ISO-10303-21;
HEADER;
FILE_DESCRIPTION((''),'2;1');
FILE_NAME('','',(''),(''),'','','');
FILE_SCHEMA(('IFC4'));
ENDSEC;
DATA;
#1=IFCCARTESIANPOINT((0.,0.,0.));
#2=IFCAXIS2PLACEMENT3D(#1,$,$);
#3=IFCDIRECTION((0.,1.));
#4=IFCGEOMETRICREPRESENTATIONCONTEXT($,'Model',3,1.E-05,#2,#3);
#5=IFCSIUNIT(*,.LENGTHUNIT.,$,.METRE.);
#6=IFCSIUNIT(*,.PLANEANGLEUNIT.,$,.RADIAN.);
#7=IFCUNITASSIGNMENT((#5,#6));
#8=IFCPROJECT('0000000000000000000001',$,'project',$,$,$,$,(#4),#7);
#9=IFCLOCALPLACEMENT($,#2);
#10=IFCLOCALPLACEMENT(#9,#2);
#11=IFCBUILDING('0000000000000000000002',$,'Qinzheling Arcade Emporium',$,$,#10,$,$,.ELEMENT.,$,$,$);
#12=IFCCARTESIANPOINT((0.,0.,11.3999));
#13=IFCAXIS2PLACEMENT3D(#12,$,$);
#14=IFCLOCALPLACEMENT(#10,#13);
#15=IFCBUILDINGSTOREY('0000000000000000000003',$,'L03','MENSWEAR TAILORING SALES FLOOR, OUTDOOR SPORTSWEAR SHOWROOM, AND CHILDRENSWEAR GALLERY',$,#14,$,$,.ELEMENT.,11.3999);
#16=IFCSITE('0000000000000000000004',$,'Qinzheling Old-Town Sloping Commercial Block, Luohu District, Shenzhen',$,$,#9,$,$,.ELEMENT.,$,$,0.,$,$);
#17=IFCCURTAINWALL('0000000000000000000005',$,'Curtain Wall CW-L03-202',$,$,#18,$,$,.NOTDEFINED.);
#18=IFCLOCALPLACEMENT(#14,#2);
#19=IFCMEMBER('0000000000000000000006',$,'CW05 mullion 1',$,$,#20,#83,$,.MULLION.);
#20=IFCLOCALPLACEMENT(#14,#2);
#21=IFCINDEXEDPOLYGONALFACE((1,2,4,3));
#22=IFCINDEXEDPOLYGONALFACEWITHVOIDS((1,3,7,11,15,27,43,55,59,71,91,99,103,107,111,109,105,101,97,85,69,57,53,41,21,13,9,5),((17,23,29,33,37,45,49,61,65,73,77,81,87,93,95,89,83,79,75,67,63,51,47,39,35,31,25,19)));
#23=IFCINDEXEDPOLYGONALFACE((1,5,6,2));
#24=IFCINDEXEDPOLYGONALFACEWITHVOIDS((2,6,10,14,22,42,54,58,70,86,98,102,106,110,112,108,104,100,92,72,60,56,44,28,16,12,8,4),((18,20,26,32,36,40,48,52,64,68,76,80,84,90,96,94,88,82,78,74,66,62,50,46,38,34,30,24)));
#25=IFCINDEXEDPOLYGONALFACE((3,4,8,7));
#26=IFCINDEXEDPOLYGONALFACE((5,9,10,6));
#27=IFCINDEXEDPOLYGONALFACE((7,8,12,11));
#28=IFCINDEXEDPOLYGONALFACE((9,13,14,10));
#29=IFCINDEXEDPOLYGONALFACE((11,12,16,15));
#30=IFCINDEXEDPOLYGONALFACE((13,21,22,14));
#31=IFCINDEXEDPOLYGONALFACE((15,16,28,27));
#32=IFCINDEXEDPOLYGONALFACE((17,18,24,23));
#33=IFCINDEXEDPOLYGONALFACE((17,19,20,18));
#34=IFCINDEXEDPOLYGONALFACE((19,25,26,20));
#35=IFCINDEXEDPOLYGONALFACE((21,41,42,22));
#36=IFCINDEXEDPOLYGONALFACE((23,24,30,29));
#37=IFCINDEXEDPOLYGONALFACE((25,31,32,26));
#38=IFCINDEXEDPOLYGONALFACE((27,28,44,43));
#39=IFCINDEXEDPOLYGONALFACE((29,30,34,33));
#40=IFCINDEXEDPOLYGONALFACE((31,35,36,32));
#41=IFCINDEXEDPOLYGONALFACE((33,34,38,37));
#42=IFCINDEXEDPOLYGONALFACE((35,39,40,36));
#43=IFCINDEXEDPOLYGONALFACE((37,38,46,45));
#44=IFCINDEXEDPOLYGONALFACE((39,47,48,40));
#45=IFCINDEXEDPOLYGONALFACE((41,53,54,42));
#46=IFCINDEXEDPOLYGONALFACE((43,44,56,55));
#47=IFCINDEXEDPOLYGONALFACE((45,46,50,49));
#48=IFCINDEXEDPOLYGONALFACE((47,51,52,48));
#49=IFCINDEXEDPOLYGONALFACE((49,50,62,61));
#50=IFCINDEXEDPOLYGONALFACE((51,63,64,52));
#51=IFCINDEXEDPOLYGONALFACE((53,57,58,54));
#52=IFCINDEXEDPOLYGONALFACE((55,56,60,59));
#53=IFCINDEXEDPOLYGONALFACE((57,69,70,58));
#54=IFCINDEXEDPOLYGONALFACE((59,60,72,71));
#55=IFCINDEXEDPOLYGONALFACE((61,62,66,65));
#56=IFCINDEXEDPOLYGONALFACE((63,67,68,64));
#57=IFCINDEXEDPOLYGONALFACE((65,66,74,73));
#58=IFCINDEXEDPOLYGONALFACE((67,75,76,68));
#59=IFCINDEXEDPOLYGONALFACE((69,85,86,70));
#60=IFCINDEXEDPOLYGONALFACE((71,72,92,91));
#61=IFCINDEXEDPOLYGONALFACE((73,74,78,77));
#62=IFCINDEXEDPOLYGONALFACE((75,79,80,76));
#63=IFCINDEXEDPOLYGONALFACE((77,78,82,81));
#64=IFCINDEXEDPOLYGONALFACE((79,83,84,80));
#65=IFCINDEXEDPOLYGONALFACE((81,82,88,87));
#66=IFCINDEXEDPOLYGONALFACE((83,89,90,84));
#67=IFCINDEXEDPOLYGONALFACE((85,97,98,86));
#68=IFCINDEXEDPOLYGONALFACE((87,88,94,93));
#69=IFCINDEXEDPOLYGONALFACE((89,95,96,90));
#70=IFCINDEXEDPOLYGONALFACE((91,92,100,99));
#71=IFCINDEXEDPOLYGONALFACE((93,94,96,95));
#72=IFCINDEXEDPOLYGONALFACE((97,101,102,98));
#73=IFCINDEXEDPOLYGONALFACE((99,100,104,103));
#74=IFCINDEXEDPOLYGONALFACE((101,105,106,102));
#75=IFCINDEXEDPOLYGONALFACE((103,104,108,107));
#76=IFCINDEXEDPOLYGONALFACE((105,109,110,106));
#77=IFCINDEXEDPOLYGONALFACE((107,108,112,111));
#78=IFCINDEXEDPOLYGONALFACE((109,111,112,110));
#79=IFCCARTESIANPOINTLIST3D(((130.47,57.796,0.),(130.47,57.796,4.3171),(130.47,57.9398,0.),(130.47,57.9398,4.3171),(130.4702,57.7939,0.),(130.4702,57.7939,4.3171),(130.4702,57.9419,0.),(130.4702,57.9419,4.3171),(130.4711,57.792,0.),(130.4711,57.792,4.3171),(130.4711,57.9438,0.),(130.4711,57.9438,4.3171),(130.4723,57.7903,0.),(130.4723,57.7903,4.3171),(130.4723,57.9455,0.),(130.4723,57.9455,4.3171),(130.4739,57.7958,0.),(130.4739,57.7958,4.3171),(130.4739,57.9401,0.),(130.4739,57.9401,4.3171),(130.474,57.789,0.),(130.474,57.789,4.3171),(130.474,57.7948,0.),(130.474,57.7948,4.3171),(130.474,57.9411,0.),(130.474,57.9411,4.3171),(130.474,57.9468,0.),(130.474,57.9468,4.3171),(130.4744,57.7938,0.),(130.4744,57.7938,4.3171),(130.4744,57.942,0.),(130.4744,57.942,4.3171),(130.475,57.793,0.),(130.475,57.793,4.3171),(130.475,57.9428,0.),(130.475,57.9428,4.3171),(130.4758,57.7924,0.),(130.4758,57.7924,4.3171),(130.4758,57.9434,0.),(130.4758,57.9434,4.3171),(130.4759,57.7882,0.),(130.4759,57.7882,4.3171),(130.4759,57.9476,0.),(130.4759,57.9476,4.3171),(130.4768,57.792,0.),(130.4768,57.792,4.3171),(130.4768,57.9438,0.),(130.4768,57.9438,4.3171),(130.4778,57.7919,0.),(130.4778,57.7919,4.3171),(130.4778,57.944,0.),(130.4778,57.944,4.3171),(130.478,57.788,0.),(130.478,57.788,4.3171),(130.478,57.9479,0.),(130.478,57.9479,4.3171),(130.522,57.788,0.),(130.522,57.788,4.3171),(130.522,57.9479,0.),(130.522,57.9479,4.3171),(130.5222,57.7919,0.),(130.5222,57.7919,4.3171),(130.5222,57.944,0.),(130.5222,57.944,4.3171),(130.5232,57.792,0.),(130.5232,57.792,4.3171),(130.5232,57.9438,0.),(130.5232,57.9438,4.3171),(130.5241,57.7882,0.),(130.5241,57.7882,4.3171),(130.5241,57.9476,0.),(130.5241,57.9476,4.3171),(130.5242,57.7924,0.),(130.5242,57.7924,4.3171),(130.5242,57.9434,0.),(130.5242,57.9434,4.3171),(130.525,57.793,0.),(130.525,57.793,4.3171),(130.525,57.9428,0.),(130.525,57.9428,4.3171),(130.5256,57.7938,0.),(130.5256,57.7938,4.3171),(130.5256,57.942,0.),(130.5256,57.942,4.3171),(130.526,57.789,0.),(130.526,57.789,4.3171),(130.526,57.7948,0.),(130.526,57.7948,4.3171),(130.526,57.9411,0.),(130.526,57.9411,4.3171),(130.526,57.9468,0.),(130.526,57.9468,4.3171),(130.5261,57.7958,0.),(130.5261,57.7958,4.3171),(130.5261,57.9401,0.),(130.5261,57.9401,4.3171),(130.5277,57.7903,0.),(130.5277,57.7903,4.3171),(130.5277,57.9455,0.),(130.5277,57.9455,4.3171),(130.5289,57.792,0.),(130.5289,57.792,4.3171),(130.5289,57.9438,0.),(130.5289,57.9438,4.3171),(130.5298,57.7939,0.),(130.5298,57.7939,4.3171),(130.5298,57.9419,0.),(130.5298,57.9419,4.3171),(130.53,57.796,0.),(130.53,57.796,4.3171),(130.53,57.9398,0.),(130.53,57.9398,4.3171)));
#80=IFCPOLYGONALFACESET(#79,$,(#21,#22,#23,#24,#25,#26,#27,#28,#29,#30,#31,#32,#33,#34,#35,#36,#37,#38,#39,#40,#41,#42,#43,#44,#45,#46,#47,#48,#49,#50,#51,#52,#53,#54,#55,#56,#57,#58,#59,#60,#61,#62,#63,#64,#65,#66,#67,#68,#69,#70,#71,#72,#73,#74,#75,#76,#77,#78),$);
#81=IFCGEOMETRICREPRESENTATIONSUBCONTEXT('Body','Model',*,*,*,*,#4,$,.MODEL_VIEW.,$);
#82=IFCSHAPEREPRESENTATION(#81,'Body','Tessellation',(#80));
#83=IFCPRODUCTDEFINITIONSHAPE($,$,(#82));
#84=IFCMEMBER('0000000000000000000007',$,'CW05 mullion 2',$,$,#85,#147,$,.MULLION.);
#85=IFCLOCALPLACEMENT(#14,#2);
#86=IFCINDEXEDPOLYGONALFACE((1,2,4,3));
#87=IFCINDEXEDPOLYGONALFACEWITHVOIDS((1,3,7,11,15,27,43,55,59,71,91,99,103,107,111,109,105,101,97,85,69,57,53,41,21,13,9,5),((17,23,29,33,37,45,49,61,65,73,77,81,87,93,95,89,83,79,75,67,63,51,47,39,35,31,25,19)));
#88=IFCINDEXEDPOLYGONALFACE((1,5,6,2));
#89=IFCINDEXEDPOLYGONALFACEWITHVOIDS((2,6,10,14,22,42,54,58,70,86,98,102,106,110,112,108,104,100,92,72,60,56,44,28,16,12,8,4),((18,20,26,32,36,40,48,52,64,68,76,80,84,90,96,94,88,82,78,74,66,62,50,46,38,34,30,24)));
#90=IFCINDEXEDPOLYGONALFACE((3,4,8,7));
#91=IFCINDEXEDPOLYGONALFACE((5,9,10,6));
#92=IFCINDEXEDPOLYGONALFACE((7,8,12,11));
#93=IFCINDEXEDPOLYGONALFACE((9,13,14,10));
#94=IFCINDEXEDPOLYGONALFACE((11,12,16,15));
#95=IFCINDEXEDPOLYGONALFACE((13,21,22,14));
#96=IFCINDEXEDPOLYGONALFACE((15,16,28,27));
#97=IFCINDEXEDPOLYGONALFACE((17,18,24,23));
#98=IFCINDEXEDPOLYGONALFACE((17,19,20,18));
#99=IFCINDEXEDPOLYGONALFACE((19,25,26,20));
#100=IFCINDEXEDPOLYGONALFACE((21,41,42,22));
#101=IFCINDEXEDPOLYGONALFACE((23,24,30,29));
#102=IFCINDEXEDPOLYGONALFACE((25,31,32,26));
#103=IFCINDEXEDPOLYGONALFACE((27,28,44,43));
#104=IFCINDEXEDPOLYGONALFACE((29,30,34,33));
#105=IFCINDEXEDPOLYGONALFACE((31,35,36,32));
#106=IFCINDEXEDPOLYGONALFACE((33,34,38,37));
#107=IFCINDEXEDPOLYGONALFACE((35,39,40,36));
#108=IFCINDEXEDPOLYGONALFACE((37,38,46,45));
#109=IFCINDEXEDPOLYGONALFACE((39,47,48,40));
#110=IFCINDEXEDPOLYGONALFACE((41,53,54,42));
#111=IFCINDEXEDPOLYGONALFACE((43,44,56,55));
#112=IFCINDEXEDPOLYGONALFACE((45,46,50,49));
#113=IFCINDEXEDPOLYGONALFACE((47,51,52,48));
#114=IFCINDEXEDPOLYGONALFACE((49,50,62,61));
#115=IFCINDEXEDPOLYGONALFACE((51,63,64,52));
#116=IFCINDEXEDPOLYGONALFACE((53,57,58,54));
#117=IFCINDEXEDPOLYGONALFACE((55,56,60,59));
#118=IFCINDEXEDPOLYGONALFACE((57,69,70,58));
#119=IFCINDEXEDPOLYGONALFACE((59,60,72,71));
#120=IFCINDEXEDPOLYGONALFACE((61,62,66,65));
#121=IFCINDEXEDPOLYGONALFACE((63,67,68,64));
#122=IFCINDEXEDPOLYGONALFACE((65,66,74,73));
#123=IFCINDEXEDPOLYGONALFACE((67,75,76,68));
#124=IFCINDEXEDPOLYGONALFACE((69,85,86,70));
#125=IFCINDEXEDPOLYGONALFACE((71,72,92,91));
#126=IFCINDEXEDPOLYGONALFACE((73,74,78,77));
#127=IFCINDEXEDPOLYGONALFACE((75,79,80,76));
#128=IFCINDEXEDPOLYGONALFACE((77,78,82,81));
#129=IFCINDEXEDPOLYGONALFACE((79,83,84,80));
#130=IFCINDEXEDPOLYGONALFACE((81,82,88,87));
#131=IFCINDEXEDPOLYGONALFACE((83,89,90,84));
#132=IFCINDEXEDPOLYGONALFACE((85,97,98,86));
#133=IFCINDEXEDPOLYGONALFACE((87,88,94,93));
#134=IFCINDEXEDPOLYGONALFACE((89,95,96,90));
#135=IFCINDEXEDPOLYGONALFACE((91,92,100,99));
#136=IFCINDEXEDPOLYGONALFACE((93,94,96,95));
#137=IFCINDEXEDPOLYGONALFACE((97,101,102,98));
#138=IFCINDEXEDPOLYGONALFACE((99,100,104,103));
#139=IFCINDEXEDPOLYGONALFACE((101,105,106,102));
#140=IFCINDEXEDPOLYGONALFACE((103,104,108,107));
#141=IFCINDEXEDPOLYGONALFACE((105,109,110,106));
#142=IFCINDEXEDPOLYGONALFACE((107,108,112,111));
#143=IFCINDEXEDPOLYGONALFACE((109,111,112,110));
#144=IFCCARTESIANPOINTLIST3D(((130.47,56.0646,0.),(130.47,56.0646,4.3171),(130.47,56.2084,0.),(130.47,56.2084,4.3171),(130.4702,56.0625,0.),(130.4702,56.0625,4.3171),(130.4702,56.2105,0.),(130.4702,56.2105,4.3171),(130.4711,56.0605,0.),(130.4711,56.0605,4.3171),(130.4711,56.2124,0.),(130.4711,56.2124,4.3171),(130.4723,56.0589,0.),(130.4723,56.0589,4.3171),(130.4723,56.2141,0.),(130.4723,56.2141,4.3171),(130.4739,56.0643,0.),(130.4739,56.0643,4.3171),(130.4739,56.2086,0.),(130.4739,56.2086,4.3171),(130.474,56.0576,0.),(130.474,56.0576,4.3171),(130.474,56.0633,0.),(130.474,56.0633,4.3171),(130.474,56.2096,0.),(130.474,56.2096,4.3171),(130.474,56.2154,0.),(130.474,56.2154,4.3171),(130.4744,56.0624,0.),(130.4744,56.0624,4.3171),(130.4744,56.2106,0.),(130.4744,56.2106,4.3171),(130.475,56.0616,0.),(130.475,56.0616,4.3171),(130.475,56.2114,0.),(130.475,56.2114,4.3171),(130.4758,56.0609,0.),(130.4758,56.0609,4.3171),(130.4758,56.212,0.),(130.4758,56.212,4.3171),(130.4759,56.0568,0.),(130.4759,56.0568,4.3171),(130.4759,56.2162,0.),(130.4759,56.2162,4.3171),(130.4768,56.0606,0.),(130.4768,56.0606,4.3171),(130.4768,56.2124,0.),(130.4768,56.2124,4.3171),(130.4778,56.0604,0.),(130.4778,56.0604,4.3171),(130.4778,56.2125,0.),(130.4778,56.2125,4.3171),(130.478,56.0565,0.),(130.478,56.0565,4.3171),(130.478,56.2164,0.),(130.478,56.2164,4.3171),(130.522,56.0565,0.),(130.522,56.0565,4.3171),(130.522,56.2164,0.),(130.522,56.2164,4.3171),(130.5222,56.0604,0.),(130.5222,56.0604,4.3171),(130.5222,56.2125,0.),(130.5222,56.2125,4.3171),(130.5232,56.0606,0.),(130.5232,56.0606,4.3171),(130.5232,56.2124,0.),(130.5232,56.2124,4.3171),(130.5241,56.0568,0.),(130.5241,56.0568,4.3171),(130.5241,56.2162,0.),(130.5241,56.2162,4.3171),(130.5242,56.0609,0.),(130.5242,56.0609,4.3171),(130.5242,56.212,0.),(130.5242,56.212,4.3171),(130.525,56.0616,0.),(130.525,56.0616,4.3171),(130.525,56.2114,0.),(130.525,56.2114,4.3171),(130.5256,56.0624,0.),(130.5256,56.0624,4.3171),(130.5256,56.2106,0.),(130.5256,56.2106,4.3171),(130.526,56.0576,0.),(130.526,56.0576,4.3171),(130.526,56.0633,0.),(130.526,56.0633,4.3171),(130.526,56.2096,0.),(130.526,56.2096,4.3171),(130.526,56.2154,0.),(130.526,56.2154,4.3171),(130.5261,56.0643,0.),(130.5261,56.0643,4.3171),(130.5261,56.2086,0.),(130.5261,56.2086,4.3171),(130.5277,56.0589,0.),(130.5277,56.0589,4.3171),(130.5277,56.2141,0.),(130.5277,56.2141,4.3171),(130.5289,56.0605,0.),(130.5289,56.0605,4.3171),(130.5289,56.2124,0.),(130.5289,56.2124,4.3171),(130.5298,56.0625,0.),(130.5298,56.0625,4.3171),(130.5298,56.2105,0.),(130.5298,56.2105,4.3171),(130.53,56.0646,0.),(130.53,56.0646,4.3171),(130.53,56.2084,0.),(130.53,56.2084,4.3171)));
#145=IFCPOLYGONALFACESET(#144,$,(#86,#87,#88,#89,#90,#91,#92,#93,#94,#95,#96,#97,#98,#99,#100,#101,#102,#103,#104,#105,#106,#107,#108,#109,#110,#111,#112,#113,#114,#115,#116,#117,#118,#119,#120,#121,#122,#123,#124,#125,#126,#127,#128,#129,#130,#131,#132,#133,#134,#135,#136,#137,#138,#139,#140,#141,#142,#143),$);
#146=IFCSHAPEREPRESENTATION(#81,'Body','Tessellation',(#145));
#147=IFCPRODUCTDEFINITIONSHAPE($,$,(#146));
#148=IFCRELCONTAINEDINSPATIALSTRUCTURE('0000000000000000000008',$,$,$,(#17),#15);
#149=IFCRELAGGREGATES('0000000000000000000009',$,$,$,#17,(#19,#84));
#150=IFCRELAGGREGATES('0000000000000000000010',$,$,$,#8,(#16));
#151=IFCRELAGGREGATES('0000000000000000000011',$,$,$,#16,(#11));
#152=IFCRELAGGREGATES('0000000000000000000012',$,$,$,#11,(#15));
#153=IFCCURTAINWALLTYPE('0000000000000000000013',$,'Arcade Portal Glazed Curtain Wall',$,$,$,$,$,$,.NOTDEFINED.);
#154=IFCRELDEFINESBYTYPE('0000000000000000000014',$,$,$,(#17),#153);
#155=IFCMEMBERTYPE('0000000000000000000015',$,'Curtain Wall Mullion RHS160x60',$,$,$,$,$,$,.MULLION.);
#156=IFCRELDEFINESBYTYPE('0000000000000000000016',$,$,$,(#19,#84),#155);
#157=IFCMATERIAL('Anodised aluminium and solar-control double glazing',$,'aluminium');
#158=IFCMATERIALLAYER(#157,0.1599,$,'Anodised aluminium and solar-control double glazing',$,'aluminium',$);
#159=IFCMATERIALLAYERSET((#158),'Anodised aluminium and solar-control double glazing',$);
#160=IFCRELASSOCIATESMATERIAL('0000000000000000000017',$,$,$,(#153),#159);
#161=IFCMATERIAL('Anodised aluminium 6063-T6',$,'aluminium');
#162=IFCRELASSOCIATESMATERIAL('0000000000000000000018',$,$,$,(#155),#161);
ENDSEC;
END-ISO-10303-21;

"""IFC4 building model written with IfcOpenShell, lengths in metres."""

from ifc_helpers import new_model, si_unit, direction, frame, origin, origin_2d, place, context, subcontext, project, spatial, hollow_rectangle, extrude, material, layer, layer_set, material_profile, profile_set, type_object, element, aggregate, save


model = new_model("IFC4")

# Units and contexts
model_context = context("Model", 3, precision=1e-05, world=origin(), true_north=direction((0.0, 1.0)))
body_context = subcontext(model_context, "Body", "Model", "MODEL_VIEW")
ifc_project = project(units=[si_unit("LENGTHUNIT", "METRE"), si_unit("PLANEANGLEUNIT", "RADIAN")], contexts=[model_context])

# Site, building, storey
site_placement = place(None, origin())
site = spatial("IfcSite", under=ifc_project, at=site_placement, Name="Qinzheling Old-Town Sloping Commercial Block, Luohu District, Shenzhen", CompositionType="ELEMENT", RefElevation=0.0)
building_placement = place(site_placement, origin())
building = spatial("IfcBuilding", under=site, at=building_placement, Name="Qinzheling Arcade Emporium", CompositionType="ELEMENT")
storey_placement = place(building_placement, frame((0.0, 0.0, 11.3999)))
storey = spatial("IfcBuildingStorey", under=building, at=storey_placement, Name="L03", Description="MENSWEAR TAILORING SALES FLOOR, OUTDOOR SPORTSWEAR SHOWROOM, AND CHILDRENSWEAR GALLERY", CompositionType="ELEMENT", Elevation=11.3999)

# Shared definitions
ifc_material_1 = material(Name="Anodised aluminium and solar-control double glazing", Category="aluminium")
ifc_layer_1 = layer(ifc_material_1, 0.1599, Name="Anodised aluminium and solar-control double glazing", Category="aluminium")
ifc_layer_set_1 = layer_set([ifc_layer_1], Name="Anodised aluminium and solar-control double glazing")
curtain_wall_type = type_object("IfcCurtainWallType", Name="Arcade Portal Glazed Curtain Wall", PredefinedType="NOTDEFINED", material=ifc_layer_set_1)
ifc_material_2 = material(Name="Anodised aluminium 6063-T6", Category="aluminium")
ifc_material_profile_1 = material_profile(ifc_material_2, hollow_rectangle(XDim=0.0601, YDim=0.1599, WallThickness=0.0039, InnerFilletRadius=0.0039, OuterFilletRadius=0.0081, at=origin_2d()), Name="RHS 160x60x4", Category="aluminium")
ifc_profile_set_1 = profile_set([ifc_material_profile_1], Name="Anodised aluminium 6063-T6")
member_type_1 = type_object("IfcMemberType", Name="Curtain Wall Mullion RHS160x60", PredefinedType="MULLION", material=ifc_profile_set_1)

# Curtain wall, members
curtain_wall_1_placement = place(storey_placement, origin())
curtain_wall_1 = element("IfcCurtainWall", 1, at=curtain_wall_1_placement, inside=storey, type_object=curtain_wall_type, Name="Curtain Wall CW-L03-202", PredefinedType="NOTDEFINED")
member_1_placement = place(storey_placement, frame((130.5, 57.8679, 0.0), z_axis=(0.0, 0.0, 1.0), x_axis=(1.0, 0.0, 0.0)))
member_1 = element("IfcMember", 2, at=member_1_placement, type_object=member_type_1, Name="CW05 mullion 1", PredefinedType="MULLION", context=body_context, shape_type="SweptSolid", body=[
    extrude(hollow_rectangle(XDim=0.0601, YDim=0.1599, WallThickness=0.0039, InnerFilletRadius=0.0039, OuterFilletRadius=0.0081, at=origin_2d()), origin(), (0.0, 0.0, 1.0), 4.3171),
])
member_2_placement = place(storey_placement, frame((130.5, 56.1365, 0.0), z_axis=(0.0, 0.0, 1.0), x_axis=(1.0, 0.0, 0.0)))
member_2 = element("IfcMember", 3, at=member_2_placement, type_object=member_type_1, Name="CW05 mullion 2", PredefinedType="MULLION", context=body_context, shape_type="SweptSolid", body=[
    extrude(hollow_rectangle(XDim=0.0601, YDim=0.1599, WallThickness=0.0039, InnerFilletRadius=0.0039, OuterFilletRadius=0.0081, at=origin_2d()), origin(), (0.0, 0.0, 1.0), 4.3171),
])

aggregate(curtain_wall_1, [member_1, member_2])

save(model, "model.ifc")
